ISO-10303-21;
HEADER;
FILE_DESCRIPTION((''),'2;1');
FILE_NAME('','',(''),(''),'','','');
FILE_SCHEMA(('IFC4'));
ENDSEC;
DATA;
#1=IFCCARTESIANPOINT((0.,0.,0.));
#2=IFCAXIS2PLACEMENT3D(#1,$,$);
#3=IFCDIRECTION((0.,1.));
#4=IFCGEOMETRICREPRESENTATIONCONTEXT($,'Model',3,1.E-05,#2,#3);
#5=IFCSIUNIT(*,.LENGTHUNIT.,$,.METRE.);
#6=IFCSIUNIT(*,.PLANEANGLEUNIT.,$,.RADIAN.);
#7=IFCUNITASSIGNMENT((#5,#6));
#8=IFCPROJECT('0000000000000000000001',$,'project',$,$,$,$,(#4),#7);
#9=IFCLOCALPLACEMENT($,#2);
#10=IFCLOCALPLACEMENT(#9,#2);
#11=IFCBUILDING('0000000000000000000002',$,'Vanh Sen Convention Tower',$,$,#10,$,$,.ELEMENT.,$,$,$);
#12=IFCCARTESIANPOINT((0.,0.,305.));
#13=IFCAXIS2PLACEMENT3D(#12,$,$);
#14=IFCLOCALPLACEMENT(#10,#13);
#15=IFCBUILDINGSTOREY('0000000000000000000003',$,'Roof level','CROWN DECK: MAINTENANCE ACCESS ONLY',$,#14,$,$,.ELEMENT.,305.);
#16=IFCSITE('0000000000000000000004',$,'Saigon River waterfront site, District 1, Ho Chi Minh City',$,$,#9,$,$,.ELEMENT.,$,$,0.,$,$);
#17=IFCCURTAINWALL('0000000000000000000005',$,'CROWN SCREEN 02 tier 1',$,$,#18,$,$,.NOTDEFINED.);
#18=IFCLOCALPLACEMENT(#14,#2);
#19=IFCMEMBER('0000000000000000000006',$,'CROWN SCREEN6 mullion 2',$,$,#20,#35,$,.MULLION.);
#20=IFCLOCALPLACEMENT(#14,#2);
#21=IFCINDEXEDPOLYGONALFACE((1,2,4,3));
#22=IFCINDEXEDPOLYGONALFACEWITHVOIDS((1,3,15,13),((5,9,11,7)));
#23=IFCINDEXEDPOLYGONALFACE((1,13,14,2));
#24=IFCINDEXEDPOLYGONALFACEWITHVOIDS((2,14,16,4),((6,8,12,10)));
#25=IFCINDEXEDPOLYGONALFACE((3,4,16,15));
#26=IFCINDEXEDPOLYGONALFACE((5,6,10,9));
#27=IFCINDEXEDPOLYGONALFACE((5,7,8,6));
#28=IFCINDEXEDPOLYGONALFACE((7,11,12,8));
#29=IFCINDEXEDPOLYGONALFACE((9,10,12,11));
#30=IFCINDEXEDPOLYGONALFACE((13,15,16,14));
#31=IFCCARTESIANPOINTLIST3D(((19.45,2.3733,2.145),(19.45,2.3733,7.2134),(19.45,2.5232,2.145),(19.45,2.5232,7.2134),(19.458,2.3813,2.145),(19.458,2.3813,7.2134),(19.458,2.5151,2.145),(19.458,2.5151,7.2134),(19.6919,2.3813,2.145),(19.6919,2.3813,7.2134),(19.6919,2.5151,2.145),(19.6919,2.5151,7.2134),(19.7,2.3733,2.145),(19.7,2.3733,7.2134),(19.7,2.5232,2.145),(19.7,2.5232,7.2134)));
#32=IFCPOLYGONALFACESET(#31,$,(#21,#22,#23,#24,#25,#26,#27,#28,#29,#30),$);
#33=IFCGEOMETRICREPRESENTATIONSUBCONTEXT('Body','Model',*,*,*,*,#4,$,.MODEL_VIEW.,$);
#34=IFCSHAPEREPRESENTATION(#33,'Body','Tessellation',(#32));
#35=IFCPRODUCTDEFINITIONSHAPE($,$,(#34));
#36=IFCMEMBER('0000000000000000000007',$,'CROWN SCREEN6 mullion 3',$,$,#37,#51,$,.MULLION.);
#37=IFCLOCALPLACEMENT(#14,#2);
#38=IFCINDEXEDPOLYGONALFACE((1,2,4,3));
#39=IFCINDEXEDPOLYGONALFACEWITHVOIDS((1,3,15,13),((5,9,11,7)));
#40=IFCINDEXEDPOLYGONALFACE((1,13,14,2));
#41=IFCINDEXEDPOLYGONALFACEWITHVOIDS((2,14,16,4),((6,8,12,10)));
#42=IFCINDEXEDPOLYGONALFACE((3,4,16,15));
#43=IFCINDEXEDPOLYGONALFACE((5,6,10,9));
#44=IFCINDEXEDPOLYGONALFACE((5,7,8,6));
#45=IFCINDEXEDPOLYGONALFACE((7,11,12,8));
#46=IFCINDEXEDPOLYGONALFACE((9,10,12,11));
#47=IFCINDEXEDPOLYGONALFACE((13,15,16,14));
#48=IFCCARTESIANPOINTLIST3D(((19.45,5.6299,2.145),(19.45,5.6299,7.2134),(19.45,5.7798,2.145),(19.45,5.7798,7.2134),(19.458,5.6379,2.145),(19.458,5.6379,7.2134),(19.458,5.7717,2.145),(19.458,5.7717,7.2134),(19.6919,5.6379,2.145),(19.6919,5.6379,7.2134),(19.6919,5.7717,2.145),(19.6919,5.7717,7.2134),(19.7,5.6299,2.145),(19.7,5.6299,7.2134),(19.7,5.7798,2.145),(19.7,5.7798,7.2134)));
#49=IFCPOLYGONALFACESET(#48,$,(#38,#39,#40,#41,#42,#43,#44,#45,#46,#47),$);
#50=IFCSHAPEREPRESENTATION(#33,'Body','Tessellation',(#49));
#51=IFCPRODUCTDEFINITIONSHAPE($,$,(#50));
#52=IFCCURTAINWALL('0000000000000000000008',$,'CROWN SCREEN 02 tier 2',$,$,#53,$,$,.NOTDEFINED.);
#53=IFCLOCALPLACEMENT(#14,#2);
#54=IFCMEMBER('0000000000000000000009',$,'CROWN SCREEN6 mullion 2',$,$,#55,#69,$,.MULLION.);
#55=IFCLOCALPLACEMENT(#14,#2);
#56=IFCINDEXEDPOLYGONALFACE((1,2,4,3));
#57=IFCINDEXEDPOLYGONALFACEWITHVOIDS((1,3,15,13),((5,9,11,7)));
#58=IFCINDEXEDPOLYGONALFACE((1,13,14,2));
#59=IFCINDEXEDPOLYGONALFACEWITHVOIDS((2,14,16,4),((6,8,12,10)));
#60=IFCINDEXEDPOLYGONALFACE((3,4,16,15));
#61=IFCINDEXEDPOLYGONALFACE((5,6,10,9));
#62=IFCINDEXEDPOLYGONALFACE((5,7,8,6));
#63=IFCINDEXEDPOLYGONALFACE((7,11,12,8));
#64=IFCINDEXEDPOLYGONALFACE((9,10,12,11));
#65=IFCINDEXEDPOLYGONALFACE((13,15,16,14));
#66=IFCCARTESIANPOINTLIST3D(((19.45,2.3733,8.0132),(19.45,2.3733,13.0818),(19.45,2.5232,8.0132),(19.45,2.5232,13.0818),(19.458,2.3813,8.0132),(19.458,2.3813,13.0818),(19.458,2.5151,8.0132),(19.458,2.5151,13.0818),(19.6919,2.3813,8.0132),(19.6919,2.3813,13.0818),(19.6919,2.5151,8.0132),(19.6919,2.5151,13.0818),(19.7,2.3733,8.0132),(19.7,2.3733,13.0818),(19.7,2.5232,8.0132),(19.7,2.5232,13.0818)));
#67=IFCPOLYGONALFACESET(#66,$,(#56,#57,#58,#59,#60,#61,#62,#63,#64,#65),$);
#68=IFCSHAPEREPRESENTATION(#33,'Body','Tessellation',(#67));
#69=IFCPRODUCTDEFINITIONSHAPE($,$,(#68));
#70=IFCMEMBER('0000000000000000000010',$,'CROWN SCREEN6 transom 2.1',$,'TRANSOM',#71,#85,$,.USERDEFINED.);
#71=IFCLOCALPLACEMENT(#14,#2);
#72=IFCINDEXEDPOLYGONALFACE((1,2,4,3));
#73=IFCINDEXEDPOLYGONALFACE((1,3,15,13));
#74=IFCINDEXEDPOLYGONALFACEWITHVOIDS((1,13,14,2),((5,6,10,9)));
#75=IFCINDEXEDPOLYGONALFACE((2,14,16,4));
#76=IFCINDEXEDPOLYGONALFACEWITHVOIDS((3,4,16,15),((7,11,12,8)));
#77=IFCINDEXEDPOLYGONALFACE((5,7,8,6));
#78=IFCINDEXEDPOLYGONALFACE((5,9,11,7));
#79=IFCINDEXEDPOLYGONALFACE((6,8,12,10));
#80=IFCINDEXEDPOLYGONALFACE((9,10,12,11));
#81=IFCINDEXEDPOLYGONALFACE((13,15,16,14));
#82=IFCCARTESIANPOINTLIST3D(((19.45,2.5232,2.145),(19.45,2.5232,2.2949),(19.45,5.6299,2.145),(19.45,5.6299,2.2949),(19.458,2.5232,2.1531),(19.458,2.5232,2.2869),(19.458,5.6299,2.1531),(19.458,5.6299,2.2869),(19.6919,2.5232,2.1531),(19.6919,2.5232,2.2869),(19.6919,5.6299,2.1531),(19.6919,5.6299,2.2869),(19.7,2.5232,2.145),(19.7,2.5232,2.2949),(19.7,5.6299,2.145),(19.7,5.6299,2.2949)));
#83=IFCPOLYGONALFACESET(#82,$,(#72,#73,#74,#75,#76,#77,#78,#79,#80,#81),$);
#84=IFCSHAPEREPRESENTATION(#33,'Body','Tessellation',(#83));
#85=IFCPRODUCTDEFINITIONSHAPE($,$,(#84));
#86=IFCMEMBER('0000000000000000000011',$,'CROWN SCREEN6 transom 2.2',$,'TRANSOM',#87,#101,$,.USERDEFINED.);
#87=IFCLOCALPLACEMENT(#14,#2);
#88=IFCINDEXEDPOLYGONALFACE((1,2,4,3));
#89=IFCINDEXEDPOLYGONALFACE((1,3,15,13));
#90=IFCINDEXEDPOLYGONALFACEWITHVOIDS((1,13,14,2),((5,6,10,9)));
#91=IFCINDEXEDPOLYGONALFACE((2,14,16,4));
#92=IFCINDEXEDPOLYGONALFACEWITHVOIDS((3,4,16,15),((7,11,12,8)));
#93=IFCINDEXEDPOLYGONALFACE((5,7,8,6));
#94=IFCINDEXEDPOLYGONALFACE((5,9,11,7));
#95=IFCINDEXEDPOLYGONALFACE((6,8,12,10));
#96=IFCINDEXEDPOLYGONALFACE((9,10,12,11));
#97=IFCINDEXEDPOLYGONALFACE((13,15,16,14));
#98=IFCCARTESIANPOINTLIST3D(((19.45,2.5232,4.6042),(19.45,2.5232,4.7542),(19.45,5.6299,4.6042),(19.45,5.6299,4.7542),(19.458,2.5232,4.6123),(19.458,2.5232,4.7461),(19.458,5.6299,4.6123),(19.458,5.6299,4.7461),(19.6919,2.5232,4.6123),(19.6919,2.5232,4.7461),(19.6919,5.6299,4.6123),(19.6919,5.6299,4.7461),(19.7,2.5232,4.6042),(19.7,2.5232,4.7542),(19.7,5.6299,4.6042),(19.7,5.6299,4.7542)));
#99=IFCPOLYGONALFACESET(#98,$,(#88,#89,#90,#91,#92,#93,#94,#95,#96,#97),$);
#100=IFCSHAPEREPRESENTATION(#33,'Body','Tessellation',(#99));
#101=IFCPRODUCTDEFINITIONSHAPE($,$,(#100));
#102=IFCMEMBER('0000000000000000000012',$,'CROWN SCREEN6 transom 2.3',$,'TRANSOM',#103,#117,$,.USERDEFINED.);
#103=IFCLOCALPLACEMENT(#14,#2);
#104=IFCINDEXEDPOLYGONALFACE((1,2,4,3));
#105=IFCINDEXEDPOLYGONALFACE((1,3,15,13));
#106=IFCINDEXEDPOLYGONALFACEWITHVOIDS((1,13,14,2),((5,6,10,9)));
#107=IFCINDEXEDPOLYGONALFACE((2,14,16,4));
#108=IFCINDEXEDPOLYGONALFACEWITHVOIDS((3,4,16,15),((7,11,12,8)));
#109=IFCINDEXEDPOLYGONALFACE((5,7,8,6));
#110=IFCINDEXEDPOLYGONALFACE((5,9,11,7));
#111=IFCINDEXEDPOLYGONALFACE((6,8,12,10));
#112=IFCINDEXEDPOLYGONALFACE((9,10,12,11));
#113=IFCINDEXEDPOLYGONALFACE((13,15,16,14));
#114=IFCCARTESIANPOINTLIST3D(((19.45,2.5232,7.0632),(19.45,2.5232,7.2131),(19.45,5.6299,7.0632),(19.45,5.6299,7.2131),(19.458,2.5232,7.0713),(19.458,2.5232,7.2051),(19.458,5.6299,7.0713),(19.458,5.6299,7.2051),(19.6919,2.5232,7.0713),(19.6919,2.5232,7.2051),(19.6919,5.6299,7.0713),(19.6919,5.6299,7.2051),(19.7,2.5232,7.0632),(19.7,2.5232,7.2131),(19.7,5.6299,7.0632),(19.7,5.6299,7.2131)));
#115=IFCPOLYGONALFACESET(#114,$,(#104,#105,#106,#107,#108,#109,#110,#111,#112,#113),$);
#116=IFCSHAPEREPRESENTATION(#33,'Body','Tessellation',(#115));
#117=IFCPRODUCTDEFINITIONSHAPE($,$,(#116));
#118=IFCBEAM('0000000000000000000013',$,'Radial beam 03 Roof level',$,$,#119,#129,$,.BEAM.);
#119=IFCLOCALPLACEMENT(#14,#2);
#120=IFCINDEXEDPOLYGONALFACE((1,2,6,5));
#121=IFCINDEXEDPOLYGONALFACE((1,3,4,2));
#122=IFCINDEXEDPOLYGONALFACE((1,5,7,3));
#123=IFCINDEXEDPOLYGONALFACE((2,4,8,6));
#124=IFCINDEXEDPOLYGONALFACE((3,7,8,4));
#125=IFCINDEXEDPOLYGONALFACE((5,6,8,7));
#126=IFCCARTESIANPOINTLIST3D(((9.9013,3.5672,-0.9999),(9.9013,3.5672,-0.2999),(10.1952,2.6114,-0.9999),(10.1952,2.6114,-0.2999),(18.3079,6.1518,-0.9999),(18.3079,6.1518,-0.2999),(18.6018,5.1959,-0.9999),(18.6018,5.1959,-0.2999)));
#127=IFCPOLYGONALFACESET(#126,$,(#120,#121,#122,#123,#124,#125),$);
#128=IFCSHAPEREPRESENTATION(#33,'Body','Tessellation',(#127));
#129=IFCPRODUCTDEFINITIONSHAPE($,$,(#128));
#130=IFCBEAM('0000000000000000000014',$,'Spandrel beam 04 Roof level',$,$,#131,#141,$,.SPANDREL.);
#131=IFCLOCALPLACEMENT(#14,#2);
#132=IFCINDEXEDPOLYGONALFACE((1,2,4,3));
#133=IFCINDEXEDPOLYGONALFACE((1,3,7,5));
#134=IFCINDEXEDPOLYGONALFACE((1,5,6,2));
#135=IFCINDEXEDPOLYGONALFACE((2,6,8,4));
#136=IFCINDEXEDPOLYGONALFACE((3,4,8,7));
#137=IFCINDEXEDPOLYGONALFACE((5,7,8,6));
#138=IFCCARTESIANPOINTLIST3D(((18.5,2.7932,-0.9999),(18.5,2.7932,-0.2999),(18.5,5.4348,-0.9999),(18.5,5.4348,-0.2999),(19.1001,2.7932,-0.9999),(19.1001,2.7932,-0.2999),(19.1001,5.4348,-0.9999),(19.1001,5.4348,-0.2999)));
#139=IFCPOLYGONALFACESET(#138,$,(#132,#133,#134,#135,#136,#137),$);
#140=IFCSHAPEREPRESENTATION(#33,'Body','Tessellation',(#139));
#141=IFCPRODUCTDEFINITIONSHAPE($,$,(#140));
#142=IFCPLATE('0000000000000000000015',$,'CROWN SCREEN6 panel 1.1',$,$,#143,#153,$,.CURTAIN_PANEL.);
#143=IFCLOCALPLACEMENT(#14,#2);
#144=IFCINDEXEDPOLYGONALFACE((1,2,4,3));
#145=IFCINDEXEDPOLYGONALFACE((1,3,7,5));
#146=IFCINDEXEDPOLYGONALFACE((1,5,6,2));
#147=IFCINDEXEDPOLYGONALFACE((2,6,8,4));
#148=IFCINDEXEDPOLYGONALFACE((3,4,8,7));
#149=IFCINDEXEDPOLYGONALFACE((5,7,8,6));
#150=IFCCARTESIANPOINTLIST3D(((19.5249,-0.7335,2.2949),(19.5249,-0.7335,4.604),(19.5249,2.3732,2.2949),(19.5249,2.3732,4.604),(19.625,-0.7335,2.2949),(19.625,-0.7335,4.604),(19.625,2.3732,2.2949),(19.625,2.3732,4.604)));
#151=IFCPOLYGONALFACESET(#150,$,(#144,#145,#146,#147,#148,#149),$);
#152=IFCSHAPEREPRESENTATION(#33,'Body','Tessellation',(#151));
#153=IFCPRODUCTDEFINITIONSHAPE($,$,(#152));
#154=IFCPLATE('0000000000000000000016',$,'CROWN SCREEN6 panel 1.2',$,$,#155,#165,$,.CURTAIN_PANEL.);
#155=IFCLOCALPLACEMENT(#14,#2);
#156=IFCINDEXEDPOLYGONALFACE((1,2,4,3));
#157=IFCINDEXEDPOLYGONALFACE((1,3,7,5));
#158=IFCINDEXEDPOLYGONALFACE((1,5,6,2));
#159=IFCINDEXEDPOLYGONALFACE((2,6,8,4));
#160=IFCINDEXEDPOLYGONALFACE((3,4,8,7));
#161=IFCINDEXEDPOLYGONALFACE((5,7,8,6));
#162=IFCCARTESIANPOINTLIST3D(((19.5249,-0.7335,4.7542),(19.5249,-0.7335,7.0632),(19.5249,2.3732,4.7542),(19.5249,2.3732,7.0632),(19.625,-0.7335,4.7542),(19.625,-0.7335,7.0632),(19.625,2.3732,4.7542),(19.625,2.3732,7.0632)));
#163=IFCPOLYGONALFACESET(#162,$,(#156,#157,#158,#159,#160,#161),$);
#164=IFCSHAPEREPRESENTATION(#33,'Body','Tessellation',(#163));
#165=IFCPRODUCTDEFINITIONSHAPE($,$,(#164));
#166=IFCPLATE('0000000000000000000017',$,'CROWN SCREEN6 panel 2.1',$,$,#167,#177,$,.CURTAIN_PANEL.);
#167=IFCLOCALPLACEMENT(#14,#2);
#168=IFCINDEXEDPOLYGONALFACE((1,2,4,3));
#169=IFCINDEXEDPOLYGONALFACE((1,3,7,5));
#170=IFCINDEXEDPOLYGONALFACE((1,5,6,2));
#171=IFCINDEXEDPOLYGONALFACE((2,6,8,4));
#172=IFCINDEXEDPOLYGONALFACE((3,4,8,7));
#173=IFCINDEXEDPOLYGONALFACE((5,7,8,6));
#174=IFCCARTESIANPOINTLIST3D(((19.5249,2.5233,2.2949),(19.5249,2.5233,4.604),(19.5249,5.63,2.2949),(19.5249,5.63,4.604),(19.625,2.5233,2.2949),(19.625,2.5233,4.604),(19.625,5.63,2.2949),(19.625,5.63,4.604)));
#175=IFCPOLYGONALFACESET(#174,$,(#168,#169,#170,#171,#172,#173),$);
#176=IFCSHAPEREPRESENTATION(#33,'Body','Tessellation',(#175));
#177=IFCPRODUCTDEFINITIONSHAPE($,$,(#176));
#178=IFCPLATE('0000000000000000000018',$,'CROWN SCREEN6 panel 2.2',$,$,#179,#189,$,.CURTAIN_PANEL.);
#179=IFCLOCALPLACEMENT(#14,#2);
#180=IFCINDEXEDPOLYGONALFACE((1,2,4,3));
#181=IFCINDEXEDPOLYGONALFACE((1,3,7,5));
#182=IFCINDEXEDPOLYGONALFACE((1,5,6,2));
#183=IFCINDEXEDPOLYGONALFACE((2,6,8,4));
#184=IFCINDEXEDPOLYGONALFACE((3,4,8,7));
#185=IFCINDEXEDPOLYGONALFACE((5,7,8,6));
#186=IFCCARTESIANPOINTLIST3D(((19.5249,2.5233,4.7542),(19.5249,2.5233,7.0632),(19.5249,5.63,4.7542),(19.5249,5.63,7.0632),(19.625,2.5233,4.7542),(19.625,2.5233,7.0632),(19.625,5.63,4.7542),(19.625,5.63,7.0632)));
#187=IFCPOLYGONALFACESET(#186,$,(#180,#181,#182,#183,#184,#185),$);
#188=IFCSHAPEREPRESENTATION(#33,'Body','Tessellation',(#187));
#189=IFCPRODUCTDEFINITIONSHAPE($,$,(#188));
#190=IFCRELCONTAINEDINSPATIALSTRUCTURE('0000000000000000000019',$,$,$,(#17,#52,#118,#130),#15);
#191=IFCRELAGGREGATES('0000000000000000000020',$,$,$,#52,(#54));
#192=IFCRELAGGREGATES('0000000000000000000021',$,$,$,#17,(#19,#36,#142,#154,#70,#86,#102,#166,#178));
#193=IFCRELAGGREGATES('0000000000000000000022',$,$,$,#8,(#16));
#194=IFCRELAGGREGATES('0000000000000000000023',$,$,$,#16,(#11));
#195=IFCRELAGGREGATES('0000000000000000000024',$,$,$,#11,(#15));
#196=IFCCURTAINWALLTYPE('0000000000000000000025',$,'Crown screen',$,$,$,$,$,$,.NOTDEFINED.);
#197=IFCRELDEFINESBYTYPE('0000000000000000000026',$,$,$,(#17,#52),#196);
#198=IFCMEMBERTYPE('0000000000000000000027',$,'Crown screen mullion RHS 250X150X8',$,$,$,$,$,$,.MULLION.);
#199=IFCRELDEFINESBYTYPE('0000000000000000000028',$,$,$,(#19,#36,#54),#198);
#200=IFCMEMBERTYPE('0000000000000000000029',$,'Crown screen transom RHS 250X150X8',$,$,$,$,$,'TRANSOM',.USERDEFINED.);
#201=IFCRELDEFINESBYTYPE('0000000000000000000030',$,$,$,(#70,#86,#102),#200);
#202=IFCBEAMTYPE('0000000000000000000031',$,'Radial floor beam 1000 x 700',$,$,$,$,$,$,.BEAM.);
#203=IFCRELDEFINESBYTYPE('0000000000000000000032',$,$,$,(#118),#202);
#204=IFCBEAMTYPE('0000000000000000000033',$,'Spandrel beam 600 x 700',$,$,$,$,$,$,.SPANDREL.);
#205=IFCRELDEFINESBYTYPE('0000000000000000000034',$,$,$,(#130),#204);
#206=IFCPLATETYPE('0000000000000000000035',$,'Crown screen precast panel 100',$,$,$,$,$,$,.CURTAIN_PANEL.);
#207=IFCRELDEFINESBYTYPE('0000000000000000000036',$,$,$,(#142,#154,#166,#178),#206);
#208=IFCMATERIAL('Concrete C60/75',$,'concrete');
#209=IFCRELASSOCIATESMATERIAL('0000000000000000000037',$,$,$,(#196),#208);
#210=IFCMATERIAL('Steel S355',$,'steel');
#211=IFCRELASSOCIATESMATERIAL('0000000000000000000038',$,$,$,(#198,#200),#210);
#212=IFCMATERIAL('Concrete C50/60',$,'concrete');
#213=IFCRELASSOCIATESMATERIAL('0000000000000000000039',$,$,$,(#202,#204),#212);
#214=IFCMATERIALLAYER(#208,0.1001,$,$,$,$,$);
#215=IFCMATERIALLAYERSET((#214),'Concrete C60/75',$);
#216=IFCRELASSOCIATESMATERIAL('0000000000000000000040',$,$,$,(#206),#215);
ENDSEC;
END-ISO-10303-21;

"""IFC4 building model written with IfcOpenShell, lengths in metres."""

from ifc_helpers import new_model, si_unit, direction, frame, origin, origin_2d, place, context, subcontext, project, spatial, rectangle, hollow_rectangle, extrude, material, layer, layer_set, material_profile, profile_set, type_object, element, aggregate, save


model = new_model("IFC4")

# Units and contexts
model_context = context("Model", 3, precision=1e-05, world=origin(), true_north=direction((0.0, 1.0)))
body_context = subcontext(model_context, "Body", "Model", "MODEL_VIEW")
ifc_project = project(units=[si_unit("LENGTHUNIT", "METRE"), si_unit("PLANEANGLEUNIT", "RADIAN")], contexts=[model_context])

# Site, building, storey
site_placement = place(None, origin())
site = spatial("IfcSite", under=ifc_project, at=site_placement, Name="Saigon River waterfront site, District 1, Ho Chi Minh City", CompositionType="ELEMENT", RefElevation=0.0)
building_placement = place(site_placement, origin())
building = spatial("IfcBuilding", under=site, at=building_placement, Name="Vanh Sen Convention Tower", CompositionType="ELEMENT")
storey_placement = place(building_placement, frame((0.0, 0.0, 305.0)))
storey = spatial("IfcBuildingStorey", under=building, at=storey_placement, Name="Roof level", Description="CROWN DECK: MAINTENANCE ACCESS ONLY", CompositionType="ELEMENT", Elevation=305.0)

# Curtain wall, members
ifc_material_1 = material(Name="Concrete C60/75", Category="concrete")
curtain_wall_type = type_object("IfcCurtainWallType", Name="Crown screen", PredefinedType="NOTDEFINED", material=ifc_material_1)
curtain_wall_1_placement = place(storey_placement, origin())
curtain_wall_1 = element("IfcCurtainWall", 1, at=curtain_wall_1_placement, inside=storey, type_object=curtain_wall_type, Name="CROWN SCREEN 02 tier 1", PredefinedType="NOTDEFINED")
ifc_material_2 = material(Name="Steel S355", Category="steel")
ifc_material_profile_1 = material_profile(ifc_material_2, hollow_rectangle(XDim=0.25, YDim=0.1499, WallThickness=0.0081, at=origin_2d()), Name="RHS 250X150X8")
ifc_profile_set_1 = profile_set([ifc_material_profile_1], Name="Steel S355")
member_type_1 = type_object("IfcMemberType", Name="Crown screen mullion RHS 250X150X8", PredefinedType="MULLION", material=ifc_profile_set_1)
member_1_placement = place(storey_placement, frame((19.575, 2.4482, 2.145), z_axis=(0.0, 0.0, 1.0), x_axis=(-1.0, 0.0, 0.0)))
member_1 = element("IfcMember", 2, at=member_1_placement, type_object=member_type_1, Name="CROWN SCREEN6 mullion 2", PredefinedType="MULLION", context=body_context, shape_type="SweptSolid", body=[
    extrude(hollow_rectangle(XDim=0.25, YDim=0.1499, WallThickness=0.0081, at=origin_2d()), origin(), (0.0, 0.0, 1.0), 5.0684),
])
member_2_placement = place(storey_placement, frame((19.575, 5.7048, 2.145), z_axis=(0.0, 0.0, 1.0), x_axis=(-1.0, 0.0, 0.0)))
member_2 = element("IfcMember", 3, at=member_2_placement, type_object=member_type_1, Name="CROWN SCREEN6 mullion 3", PredefinedType="MULLION", context=body_context, shape_type="SweptSolid", body=[
    extrude(hollow_rectangle(XDim=0.25, YDim=0.1499, WallThickness=0.0081, at=origin_2d()), origin(), (0.0, 0.0, 1.0), 5.0684),
])

# Curtain wall, member
curtain_wall_2_placement = place(storey_placement, origin())
curtain_wall_2 = element("IfcCurtainWall", 4, at=curtain_wall_2_placement, inside=storey, type_object=curtain_wall_type, Name="CROWN SCREEN 02 tier 2", PredefinedType="NOTDEFINED")
member_3_placement = place(storey_placement, frame((19.575, 2.4482, 8.0132), z_axis=(0.0, 0.0, 1.0), x_axis=(-1.0, 0.0, 0.0)))
member_3 = element("IfcMember", 5, at=member_3_placement, type_object=member_type_1, Name="CROWN SCREEN6 mullion 2", PredefinedType="MULLION", context=body_context, shape_type="SweptSolid", body=[
    extrude(hollow_rectangle(XDim=0.25, YDim=0.1499, WallThickness=0.0081, at=origin_2d()), origin(), (0.0, 0.0, 1.0), 5.0686),
])
aggregate(curtain_wall_2, [member_3])

# Members
ifc_material_profile_2 = material_profile(ifc_material_2, hollow_rectangle(XDim=0.25, YDim=0.1499, WallThickness=0.0081, at=origin_2d()), Name="RHS 250X150X8")
ifc_profile_set_2 = profile_set([ifc_material_profile_2], Name="Steel S355")
member_type_2 = type_object("IfcMemberType", Name="Crown screen transom RHS 250X150X8", ElementType="TRANSOM", PredefinedType="USERDEFINED", material=ifc_profile_set_2)
member_4_placement = place(storey_placement, frame((19.575, 2.5232, 2.22), z_axis=(0.0, 1.0, 0.0), x_axis=(-1.0, 0.0, 0.0)))
member_4 = element("IfcMember", 6, at=member_4_placement, type_object=member_type_2, Name="CROWN SCREEN6 transom 2.1", ObjectType="TRANSOM", PredefinedType="USERDEFINED", context=body_context, shape_type="SweptSolid", body=[
    extrude(hollow_rectangle(XDim=0.25, YDim=0.1499, WallThickness=0.0081, at=origin_2d()), origin(), (0.0, 0.0, 1.0), 3.1067),
])
member_5_placement = place(storey_placement, frame((19.575, 2.5232, 4.6792), z_axis=(0.0, 1.0, 0.0), x_axis=(-1.0, 0.0, 0.0)))
member_5 = element("IfcMember", 7, at=member_5_placement, type_object=member_type_2, Name="CROWN SCREEN6 transom 2.2", ObjectType="TRANSOM", PredefinedType="USERDEFINED", context=body_context, shape_type="SweptSolid", body=[
    extrude(hollow_rectangle(XDim=0.25, YDim=0.1499, WallThickness=0.0081, at=origin_2d()), origin(), (0.0, 0.0, 1.0), 3.1067),
])
member_6_placement = place(storey_placement, frame((19.575, 2.5232, 7.1382), z_axis=(0.0, 1.0, 0.0), x_axis=(-1.0, 0.0, 0.0)))
member_6 = element("IfcMember", 8, at=member_6_placement, type_object=member_type_2, Name="CROWN SCREEN6 transom 2.3", ObjectType="TRANSOM", PredefinedType="USERDEFINED", context=body_context, shape_type="SweptSolid", body=[
    extrude(hollow_rectangle(XDim=0.25, YDim=0.1499, WallThickness=0.0081, at=origin_2d()), origin(), (0.0, 0.0, 1.0), 3.1067),
])

# Beams
ifc_material_3 = material(Name="Concrete C50/60", Category="concrete")
ifc_material_profile_3 = material_profile(ifc_material_3, rectangle(XDim=1.0, YDim=0.7, at=origin_2d()), Name="RC 1000X700")
ifc_profile_set_3 = profile_set([ifc_material_profile_3], Name="Concrete C50/60")
beam_type_1 = type_object("IfcBeamType", Name="Radial floor beam 1000 x 700", PredefinedType="BEAM", material=ifc_profile_set_3)
beam_1_placement = place(storey_placement, frame((18.4548, 5.6738, -0.6499), z_axis=(-0.955847, -0.293863, 0.0), x_axis=(0.293863, -0.955847, 0.0)))
element("IfcBeam", 9, at=beam_1_placement, inside=storey, type_object=beam_type_1, Name="Radial beam 03 Roof level", PredefinedType="BEAM", context=body_context, shape_type="SweptSolid", body=[
    extrude(rectangle(XDim=1.0, YDim=0.7, at=origin_2d()), origin(), (0.0, 0.0, 1.0), 8.7949),
])
ifc_material_profile_4 = material_profile(ifc_material_3, rectangle(XDim=0.6001, YDim=0.7, at=origin_2d()), Name="RC 600X700")
ifc_profile_set_4 = profile_set([ifc_material_profile_4], Name="Concrete C50/60")
beam_type_2 = type_object("IfcBeamType", Name="Spandrel beam 600 x 700", PredefinedType="SPANDREL", material=ifc_profile_set_4)
beam_2_placement = place(storey_placement, frame((18.8, 2.7932, -0.6499), z_axis=(0.0, 1.0, 0.0), x_axis=(-1.0, 0.0, 0.0)))
element("IfcBeam", 10, at=beam_2_placement, inside=storey, type_object=beam_type_2, Name="Spandrel beam 04 Roof level", PredefinedType="SPANDREL", context=body_context, shape_type="SweptSolid", body=[
    extrude(rectangle(XDim=0.6001, YDim=0.7, at=origin_2d()), origin(), (0.0, 0.0, 1.0), 2.6416),
])

# Plates
ifc_layer_1 = layer(ifc_material_1, 0.1001)
ifc_layer_set_1 = layer_set([ifc_layer_1], Name="Concrete C60/75")
plate_type = type_object("IfcPlateType", Name="Crown screen precast panel 100", PredefinedType="CURTAIN_PANEL", material=ifc_layer_set_1)
plate_1_placement = place(storey_placement, frame((19.575, 0.8198, 2.2949), z_axis=(0.0, 0.0, 1.0), x_axis=(0.0, 1.0, 0.0)))
plate_1 = element("IfcPlate", 11, at=plate_1_placement, type_object=plate_type, Name="CROWN SCREEN6 panel 1.1", PredefinedType="CURTAIN_PANEL", context=body_context, shape_type="SweptSolid", body=[
    extrude(rectangle(XDim=3.1067, YDim=0.1001, at=origin_2d()), origin(), (0.0, 0.0, 1.0), 2.3091),
])
plate_2_placement = place(storey_placement, frame((19.575, 0.8198, 4.7542), z_axis=(0.0, 0.0, 1.0), x_axis=(0.0, 1.0, 0.0)))
plate_2 = element("IfcPlate", 12, at=plate_2_placement, type_object=plate_type, Name="CROWN SCREEN6 panel 1.2", PredefinedType="CURTAIN_PANEL", context=body_context, shape_type="SweptSolid", body=[
    extrude(rectangle(XDim=3.1067, YDim=0.1001, at=origin_2d()), origin(), (0.0, 0.0, 1.0), 2.3091),
])
plate_3_placement = place(storey_placement, frame((19.575, 4.0767, 2.2949), z_axis=(0.0, 0.0, 1.0), x_axis=(0.0, 1.0, 0.0)))
plate_3 = element("IfcPlate", 13, at=plate_3_placement, type_object=plate_type, Name="CROWN SCREEN6 panel 2.1", PredefinedType="CURTAIN_PANEL", context=body_context, shape_type="SweptSolid", body=[
    extrude(rectangle(XDim=3.1067, YDim=0.1001, at=origin_2d()), origin(), (0.0, 0.0, 1.0), 2.3091),
])
plate_4_placement = place(storey_placement, frame((19.575, 4.0767, 4.7542), z_axis=(0.0, 0.0, 1.0), x_axis=(0.0, 1.0, 0.0)))
plate_4 = element("IfcPlate", 14, at=plate_4_placement, type_object=plate_type, Name="CROWN SCREEN6 panel 2.2", PredefinedType="CURTAIN_PANEL", context=body_context, shape_type="SweptSolid", body=[
    extrude(rectangle(XDim=3.1067, YDim=0.1001, at=origin_2d()), origin(), (0.0, 0.0, 1.0), 2.3091),
])
aggregate(curtain_wall_1, [member_1, member_2, plate_1, plate_2, member_4, member_5, member_6, plate_3, plate_4])

save(model, "model.ifc")
